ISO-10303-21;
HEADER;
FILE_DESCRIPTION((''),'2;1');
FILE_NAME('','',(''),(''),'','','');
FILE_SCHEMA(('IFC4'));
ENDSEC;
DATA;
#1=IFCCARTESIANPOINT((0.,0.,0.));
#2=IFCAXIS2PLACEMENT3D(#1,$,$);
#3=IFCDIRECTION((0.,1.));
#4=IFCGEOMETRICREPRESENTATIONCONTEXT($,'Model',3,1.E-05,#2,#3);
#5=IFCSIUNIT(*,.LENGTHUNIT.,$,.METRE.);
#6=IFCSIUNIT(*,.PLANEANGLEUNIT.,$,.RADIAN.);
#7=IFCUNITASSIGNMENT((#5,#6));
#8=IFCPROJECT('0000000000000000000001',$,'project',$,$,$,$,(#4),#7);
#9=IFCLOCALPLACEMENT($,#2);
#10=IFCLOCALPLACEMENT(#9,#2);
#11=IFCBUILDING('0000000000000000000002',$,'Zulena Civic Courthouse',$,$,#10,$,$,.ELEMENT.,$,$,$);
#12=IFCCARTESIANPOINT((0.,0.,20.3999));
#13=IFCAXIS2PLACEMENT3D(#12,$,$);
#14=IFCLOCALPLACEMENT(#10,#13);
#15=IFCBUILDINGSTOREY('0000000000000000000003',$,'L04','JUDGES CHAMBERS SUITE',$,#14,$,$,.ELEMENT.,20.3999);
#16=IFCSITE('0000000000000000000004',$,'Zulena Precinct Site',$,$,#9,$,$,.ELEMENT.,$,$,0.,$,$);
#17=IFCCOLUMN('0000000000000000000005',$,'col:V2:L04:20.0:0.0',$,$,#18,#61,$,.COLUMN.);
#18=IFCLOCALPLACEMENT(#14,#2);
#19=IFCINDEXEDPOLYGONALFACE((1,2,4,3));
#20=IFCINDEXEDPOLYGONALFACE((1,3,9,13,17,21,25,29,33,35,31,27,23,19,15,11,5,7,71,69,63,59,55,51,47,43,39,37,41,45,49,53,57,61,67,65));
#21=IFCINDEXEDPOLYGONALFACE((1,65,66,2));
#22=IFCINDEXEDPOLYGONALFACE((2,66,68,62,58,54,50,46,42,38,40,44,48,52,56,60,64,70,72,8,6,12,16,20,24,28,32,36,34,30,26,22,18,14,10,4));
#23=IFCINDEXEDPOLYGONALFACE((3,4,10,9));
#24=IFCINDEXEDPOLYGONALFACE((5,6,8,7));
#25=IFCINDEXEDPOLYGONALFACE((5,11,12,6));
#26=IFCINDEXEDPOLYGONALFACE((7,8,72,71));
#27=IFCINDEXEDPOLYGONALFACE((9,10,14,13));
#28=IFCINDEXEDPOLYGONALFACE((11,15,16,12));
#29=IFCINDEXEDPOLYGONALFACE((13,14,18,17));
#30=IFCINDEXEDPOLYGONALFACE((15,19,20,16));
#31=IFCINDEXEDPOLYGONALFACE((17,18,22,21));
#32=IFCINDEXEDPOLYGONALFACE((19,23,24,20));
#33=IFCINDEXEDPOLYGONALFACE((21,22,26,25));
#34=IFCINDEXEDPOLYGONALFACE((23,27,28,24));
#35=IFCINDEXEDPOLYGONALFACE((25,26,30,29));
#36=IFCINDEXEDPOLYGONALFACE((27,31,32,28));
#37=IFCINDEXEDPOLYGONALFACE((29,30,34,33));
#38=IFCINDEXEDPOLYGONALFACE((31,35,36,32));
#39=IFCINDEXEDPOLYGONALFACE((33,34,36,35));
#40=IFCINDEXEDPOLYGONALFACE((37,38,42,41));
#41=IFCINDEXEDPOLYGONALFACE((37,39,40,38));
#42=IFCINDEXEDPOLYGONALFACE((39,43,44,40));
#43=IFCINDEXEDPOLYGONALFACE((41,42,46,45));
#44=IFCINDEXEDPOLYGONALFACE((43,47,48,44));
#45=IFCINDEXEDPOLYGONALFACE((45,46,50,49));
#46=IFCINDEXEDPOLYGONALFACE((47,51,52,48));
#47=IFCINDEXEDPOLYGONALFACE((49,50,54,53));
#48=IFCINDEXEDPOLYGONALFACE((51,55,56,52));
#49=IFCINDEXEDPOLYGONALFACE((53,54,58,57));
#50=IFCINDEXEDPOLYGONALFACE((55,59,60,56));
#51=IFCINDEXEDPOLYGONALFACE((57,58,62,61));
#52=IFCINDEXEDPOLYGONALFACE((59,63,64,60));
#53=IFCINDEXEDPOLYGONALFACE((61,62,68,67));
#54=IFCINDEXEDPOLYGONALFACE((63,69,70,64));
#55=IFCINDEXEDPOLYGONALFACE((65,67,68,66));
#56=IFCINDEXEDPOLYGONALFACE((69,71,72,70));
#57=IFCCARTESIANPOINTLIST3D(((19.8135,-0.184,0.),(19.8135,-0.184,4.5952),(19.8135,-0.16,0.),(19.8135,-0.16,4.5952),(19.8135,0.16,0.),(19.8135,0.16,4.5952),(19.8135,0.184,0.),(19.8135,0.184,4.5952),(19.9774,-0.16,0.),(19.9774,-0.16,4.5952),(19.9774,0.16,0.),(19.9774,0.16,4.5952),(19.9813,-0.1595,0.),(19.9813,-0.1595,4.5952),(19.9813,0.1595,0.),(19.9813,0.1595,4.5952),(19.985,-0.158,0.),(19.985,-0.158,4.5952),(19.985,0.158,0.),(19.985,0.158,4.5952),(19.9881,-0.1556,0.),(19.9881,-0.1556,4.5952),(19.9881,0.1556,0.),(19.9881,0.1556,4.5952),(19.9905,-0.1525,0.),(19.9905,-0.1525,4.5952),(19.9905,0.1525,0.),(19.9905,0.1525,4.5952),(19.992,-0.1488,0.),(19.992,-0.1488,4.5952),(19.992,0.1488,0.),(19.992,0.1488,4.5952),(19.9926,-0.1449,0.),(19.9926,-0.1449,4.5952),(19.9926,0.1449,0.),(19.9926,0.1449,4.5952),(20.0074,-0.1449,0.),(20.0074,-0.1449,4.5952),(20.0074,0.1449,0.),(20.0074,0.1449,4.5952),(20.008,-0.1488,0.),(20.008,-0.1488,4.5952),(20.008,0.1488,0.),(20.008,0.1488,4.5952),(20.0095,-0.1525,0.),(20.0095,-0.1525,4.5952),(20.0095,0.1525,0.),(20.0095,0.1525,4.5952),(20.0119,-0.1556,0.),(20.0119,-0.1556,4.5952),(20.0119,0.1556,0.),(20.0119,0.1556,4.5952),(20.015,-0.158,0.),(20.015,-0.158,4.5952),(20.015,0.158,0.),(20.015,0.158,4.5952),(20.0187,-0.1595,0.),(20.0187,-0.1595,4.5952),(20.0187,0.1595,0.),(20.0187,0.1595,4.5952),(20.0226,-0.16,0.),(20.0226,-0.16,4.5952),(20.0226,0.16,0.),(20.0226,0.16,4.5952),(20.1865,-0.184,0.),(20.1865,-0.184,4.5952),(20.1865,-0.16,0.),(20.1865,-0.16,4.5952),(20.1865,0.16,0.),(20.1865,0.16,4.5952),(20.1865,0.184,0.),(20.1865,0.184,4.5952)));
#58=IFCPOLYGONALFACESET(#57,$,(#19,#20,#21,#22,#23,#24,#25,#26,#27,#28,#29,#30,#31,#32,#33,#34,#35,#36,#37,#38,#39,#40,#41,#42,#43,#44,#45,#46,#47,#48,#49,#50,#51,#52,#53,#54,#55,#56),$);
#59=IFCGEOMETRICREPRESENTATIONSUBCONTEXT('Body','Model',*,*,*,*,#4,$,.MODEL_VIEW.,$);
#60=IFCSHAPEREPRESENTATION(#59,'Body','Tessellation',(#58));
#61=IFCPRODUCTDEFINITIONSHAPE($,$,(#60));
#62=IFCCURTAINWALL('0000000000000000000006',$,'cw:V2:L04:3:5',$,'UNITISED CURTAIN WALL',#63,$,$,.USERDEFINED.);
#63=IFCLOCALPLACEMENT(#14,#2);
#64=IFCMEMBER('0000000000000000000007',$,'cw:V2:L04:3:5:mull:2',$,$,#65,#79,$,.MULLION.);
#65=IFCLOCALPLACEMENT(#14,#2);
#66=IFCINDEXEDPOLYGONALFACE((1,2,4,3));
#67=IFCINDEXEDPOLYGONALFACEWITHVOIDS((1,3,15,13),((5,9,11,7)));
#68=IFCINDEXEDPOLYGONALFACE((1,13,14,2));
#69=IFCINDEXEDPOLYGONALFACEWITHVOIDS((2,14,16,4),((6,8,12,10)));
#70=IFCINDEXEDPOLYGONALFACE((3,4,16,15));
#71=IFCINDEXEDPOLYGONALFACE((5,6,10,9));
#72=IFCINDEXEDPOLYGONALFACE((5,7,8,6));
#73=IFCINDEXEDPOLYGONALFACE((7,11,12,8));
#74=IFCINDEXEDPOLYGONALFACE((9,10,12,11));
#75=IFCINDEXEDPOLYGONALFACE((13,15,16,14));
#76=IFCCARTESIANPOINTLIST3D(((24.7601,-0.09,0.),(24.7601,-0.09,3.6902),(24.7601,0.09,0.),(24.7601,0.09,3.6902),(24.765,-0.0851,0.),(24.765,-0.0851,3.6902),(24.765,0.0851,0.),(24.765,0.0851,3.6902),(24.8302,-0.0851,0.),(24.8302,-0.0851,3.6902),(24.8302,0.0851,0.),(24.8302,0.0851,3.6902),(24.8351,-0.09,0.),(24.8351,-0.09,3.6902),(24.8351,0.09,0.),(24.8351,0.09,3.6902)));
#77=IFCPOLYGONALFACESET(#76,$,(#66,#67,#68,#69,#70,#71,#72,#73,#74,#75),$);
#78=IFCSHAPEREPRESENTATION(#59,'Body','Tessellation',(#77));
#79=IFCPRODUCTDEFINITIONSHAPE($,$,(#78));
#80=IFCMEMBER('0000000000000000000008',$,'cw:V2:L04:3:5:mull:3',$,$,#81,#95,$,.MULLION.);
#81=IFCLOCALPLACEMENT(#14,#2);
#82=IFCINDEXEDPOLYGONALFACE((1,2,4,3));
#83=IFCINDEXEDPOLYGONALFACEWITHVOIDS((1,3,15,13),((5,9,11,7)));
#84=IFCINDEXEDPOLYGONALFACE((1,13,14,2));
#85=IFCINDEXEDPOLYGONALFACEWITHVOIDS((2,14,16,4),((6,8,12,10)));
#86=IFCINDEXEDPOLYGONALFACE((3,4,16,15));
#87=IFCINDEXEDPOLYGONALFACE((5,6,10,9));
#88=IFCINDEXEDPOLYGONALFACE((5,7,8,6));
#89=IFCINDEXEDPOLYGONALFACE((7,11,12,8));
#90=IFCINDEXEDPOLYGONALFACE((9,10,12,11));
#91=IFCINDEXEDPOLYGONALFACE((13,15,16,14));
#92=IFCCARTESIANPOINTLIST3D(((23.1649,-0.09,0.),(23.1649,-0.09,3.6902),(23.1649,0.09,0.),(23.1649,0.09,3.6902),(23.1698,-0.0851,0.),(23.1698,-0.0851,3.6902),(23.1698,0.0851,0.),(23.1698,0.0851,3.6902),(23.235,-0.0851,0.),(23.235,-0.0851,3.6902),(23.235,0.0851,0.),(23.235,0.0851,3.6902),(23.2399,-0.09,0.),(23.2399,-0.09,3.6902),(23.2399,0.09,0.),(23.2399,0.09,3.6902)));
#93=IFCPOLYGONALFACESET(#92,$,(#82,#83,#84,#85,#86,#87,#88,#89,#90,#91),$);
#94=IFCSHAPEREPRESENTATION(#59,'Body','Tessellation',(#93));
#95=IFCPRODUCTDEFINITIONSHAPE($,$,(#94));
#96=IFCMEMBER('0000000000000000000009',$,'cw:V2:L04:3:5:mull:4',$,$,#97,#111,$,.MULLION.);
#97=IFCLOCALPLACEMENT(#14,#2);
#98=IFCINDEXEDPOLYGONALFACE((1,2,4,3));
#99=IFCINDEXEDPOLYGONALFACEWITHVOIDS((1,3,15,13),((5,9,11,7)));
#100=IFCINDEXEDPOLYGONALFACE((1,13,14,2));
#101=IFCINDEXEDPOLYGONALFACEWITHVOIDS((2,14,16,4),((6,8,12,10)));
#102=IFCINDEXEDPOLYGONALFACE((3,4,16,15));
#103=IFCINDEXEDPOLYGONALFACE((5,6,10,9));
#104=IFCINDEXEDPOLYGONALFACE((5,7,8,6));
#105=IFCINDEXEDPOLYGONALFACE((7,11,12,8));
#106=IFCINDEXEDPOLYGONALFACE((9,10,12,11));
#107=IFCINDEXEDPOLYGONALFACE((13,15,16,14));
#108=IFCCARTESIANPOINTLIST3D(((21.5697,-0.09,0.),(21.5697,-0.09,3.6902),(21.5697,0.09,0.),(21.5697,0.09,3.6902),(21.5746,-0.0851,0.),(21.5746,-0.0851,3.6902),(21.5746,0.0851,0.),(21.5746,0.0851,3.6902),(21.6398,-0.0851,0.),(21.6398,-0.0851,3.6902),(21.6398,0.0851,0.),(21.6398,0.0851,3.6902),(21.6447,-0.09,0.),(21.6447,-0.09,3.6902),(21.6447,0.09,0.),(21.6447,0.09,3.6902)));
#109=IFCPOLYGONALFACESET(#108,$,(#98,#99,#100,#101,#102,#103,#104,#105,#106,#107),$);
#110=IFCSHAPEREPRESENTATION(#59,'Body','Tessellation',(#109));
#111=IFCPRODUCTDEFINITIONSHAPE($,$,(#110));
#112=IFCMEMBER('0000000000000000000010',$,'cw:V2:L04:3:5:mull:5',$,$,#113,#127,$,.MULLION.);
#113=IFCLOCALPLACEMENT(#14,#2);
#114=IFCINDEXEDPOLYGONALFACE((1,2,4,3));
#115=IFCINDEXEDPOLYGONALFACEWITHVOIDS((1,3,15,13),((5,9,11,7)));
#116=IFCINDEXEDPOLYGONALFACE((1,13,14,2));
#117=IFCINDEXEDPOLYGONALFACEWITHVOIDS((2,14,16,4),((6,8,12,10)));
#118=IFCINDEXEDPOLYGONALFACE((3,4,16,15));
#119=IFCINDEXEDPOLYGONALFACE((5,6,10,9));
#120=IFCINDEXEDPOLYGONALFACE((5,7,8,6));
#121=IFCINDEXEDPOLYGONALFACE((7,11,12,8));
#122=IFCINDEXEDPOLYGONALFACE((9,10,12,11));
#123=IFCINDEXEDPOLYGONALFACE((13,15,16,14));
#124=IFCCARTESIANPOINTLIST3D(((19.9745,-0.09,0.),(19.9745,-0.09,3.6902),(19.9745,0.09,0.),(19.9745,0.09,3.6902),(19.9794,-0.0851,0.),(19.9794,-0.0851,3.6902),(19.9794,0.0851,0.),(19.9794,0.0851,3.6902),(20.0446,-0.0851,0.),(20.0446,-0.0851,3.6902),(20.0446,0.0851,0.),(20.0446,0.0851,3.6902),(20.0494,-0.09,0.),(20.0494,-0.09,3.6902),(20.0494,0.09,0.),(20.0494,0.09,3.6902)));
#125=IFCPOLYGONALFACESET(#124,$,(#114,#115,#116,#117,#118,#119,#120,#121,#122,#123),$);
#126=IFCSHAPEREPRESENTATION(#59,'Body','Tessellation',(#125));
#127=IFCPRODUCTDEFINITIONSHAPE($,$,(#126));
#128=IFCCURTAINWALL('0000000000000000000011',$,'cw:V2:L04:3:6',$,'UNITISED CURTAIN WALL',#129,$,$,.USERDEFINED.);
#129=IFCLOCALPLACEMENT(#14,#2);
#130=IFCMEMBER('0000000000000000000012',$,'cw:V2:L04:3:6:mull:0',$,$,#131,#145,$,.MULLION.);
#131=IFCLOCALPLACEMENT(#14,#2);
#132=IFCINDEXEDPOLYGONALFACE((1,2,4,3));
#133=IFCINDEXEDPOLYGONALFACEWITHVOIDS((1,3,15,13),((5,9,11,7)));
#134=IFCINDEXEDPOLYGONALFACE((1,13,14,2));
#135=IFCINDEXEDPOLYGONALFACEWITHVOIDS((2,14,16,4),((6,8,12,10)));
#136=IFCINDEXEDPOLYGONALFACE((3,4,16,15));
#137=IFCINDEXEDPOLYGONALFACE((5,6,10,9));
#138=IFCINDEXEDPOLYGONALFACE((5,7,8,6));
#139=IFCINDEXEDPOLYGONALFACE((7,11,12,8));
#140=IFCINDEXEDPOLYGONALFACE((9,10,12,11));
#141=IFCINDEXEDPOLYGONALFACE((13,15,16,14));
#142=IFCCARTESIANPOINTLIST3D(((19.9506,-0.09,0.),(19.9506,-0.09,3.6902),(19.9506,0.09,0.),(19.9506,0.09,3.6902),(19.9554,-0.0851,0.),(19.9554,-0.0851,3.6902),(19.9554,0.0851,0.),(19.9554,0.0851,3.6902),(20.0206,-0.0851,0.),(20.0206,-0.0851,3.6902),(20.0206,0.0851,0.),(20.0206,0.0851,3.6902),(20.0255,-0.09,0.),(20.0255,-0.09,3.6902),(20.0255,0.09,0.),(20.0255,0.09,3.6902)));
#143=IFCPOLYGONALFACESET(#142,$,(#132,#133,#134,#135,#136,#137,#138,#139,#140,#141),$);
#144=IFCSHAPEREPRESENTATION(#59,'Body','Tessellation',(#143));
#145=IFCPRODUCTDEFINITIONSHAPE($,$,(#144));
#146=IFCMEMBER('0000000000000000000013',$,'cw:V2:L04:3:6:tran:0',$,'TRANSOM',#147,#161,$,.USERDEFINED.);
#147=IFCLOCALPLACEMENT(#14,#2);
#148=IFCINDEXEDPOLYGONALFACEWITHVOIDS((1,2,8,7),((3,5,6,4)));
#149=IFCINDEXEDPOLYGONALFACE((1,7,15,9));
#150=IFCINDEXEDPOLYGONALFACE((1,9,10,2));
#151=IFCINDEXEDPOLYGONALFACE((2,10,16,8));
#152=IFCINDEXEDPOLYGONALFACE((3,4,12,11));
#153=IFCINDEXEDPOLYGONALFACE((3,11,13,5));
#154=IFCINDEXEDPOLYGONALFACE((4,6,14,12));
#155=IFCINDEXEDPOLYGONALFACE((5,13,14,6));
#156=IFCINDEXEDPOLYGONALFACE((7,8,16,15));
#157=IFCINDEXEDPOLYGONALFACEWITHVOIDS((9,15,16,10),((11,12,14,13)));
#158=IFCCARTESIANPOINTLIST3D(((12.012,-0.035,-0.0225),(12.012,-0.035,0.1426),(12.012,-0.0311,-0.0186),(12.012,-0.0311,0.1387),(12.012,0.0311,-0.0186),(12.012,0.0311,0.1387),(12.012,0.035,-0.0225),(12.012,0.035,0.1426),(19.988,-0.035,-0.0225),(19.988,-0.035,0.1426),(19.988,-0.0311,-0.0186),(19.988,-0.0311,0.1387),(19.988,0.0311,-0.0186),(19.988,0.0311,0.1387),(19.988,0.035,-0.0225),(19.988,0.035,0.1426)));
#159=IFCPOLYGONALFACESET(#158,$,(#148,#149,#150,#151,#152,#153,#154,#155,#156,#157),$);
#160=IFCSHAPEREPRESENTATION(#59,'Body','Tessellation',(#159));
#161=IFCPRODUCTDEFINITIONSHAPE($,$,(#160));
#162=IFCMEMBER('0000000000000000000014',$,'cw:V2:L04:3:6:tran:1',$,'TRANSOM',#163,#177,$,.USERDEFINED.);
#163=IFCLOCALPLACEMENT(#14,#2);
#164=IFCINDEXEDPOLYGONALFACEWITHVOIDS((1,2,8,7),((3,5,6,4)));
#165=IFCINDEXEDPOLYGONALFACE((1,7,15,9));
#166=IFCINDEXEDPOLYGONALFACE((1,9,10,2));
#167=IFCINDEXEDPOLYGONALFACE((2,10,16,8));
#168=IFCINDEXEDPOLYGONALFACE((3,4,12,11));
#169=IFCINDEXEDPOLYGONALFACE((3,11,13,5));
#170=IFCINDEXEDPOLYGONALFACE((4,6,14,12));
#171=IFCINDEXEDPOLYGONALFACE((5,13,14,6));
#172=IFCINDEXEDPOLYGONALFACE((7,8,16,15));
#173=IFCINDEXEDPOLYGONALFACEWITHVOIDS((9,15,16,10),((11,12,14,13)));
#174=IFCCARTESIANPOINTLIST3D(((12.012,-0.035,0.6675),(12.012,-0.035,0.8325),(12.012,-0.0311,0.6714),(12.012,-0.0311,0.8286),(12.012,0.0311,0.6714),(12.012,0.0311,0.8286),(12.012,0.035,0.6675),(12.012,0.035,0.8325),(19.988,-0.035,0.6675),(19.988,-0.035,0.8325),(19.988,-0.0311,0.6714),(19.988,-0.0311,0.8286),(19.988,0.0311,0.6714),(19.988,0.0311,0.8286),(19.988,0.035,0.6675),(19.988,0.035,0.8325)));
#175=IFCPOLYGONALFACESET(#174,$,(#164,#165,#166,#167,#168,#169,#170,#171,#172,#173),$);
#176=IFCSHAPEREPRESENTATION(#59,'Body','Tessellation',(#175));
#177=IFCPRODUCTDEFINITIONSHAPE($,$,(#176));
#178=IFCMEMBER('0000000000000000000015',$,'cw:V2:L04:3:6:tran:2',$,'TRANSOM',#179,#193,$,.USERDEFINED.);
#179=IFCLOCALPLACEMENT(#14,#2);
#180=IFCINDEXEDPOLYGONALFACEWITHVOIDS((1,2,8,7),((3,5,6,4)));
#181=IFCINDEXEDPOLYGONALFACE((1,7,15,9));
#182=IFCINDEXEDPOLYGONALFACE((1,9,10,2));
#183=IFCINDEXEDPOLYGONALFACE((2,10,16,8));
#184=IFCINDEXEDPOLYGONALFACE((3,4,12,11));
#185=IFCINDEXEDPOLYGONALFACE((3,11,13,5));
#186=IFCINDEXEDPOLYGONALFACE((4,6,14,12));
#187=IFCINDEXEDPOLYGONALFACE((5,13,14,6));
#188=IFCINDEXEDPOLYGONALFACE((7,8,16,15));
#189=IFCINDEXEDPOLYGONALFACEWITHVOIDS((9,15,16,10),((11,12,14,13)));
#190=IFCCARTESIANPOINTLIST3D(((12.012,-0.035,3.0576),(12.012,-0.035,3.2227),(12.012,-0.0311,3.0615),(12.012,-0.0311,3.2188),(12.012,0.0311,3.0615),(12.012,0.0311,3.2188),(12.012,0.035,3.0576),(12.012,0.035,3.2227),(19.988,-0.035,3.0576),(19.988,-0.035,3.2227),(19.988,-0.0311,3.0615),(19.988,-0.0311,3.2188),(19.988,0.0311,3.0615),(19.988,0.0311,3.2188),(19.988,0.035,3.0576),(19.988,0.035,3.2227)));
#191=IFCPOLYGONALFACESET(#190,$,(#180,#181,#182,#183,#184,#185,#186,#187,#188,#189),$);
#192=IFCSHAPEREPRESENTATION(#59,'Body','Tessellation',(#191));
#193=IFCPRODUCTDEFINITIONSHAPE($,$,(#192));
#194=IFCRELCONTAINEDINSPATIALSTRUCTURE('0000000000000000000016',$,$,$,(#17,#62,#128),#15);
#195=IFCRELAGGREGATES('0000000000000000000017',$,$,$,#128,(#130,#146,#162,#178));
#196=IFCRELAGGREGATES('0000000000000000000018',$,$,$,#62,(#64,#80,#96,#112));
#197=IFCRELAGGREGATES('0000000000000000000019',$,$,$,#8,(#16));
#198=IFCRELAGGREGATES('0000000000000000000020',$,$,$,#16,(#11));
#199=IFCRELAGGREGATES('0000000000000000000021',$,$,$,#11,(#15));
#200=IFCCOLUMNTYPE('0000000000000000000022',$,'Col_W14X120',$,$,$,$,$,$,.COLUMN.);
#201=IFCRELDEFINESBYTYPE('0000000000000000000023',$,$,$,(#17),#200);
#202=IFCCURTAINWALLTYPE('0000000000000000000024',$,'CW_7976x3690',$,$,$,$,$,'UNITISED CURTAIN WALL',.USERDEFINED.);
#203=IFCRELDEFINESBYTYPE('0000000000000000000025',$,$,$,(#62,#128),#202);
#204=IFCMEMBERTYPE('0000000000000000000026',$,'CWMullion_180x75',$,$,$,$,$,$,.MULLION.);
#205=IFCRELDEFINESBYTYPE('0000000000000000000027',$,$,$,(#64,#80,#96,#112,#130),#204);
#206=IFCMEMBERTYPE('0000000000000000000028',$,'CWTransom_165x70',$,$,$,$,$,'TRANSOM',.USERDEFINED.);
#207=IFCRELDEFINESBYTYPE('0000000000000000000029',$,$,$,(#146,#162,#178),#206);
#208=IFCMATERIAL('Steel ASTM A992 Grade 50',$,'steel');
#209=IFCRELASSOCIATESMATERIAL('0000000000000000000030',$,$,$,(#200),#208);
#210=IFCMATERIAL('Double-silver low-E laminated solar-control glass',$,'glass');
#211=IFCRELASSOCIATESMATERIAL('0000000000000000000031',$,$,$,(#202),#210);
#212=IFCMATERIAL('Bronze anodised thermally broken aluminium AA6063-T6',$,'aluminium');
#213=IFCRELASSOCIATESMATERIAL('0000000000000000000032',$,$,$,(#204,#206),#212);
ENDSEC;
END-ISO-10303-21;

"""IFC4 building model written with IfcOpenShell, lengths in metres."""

from ifc_helpers import new_model, si_unit, direction, frame, origin, origin_2d, place, context, subcontext, project, spatial, hollow_rectangle, i_section, extrude, material, material_profile, profile_set, type_object, element, aggregate, save


model = new_model("IFC4")

# Units and contexts
model_context = context("Model", 3, precision=1e-05, world=origin(), true_north=direction((0.0, 1.0)))
body_context = subcontext(model_context, "Body", "Model", "MODEL_VIEW")
ifc_project = project(units=[si_unit("LENGTHUNIT", "METRE"), si_unit("PLANEANGLEUNIT", "RADIAN")], contexts=[model_context])

# Site, building, storey
site_placement = place(None, origin())
site = spatial("IfcSite", under=ifc_project, at=site_placement, Name="Zulena Precinct Site", CompositionType="ELEMENT", RefElevation=0.0)
building_placement = place(site_placement, origin())
building = spatial("IfcBuilding", under=site, at=building_placement, Name="Zulena Civic Courthouse", CompositionType="ELEMENT")
storey_placement = place(building_placement, frame((0.0, 0.0, 20.3999)))
storey = spatial("IfcBuildingStorey", under=building, at=storey_placement, Name="L04", Description="JUDGES CHAMBERS SUITE", CompositionType="ELEMENT", Elevation=20.3999)

# Column
ifc_material_1 = material(Name="Steel ASTM A992 Grade 50", Category="steel")
ifc_material_profile_1 = material_profile(ifc_material_1, i_section(OverallWidth=0.373, OverallDepth=0.3679, WebThickness=0.0149, FlangeThickness=0.0239, FilletRadius=0.0151, at=origin_2d()), Name="W14X120")
ifc_profile_set_1 = profile_set([ifc_material_profile_1], Name="Steel ASTM A992 Grade 50")
column_type = type_object("IfcColumnType", Name="Col_W14X120", PredefinedType="COLUMN", material=ifc_profile_set_1)
column_placement = place(storey_placement, frame((20.0, 0.0, 0.0), z_axis=(0.0, 0.0, 1.0), x_axis=(1.0, 0.0, 0.0)))
element("IfcColumn", 1, at=column_placement, inside=storey, type_object=column_type, Name="col:V2:L04:20.0:0.0", PredefinedType="COLUMN", context=body_context, shape_type="SweptSolid", body=[
    extrude(i_section(OverallWidth=0.373, OverallDepth=0.3679, WebThickness=0.0149, FlangeThickness=0.0239, FilletRadius=0.0151, at=origin_2d()), origin(), (0.0, 0.0, 1.0), 4.5952),
])

# Curtain walls, members
ifc_material_2 = material(Name="Double-silver low-E laminated solar-control glass", Category="glass")
curtain_wall_type = type_object("IfcCurtainWallType", Name="CW_7976x3690", ElementType="UNITISED CURTAIN WALL", PredefinedType="USERDEFINED", material=ifc_material_2)
curtain_wall_1_placement = place(storey_placement, origin())
curtain_wall_1 = element("IfcCurtainWall", 2, at=curtain_wall_1_placement, inside=storey, type_object=curtain_wall_type, Name="cw:V2:L04:3:5", ObjectType="UNITISED CURTAIN WALL", PredefinedType="USERDEFINED")
ifc_material_3 = material(Name="Bronze anodised thermally broken aluminium AA6063-T6", Category="aluminium")
ifc_material_profile_2 = material_profile(ifc_material_3, hollow_rectangle(XDim=0.075, YDim=0.1799, WallThickness=0.0049, at=origin_2d()), Name="CWM180X75X5")
ifc_profile_set_2 = profile_set([ifc_material_profile_2], Name="Bronze anodised thermally broken aluminium AA6063-T6")
member_type_1 = type_object("IfcMemberType", Name="CWMullion_180x75", PredefinedType="MULLION", material=ifc_profile_set_2)
member_1_placement = place(storey_placement, frame((24.7976, 0.0, 0.0), z_axis=(0.0, 0.0, 1.0), x_axis=(1.0, 0.0, 0.0)))
member_1 = element("IfcMember", 3, at=member_1_placement, type_object=member_type_1, Name="cw:V2:L04:3:5:mull:2", PredefinedType="MULLION", context=body_context, shape_type="SweptSolid", body=[
    extrude(hollow_rectangle(XDim=0.075, YDim=0.1799, WallThickness=0.0049, at=origin_2d()), origin(), (0.0, 0.0, 1.0), 3.6902),
])
member_2_placement = place(storey_placement, frame((23.2024, 0.0, 0.0), z_axis=(0.0, 0.0, 1.0), x_axis=(1.0, 0.0, 0.0)))
member_2 = element("IfcMember", 4, at=member_2_placement, type_object=member_type_1, Name="cw:V2:L04:3:5:mull:3", PredefinedType="MULLION", context=body_context, shape_type="SweptSolid", body=[
    extrude(hollow_rectangle(XDim=0.075, YDim=0.1799, WallThickness=0.0049, at=origin_2d()), origin(), (0.0, 0.0, 1.0), 3.6902),
])
member_3_placement = place(storey_placement, frame((21.6072, 0.0, 0.0), z_axis=(0.0, 0.0, 1.0), x_axis=(1.0, 0.0, 0.0)))
member_3 = element("IfcMember", 5, at=member_3_placement, type_object=member_type_1, Name="cw:V2:L04:3:5:mull:4", PredefinedType="MULLION", context=body_context, shape_type="SweptSolid", body=[
    extrude(hollow_rectangle(XDim=0.075, YDim=0.1799, WallThickness=0.0049, at=origin_2d()), origin(), (0.0, 0.0, 1.0), 3.6902),
])
member_4_placement = place(storey_placement, frame((20.012, 0.0, 0.0), z_axis=(0.0, 0.0, 1.0), x_axis=(1.0, 0.0, 0.0)))
member_4 = element("IfcMember", 6, at=member_4_placement, type_object=member_type_1, Name="cw:V2:L04:3:5:mull:5", PredefinedType="MULLION", context=body_context, shape_type="SweptSolid", body=[
    extrude(hollow_rectangle(XDim=0.075, YDim=0.1799, WallThickness=0.0049, at=origin_2d()), origin(), (0.0, 0.0, 1.0), 3.6902),
])
curtain_wall_2_placement = place(storey_placement, origin())
curtain_wall_2 = element("IfcCurtainWall", 7, at=curtain_wall_2_placement, inside=storey, type_object=curtain_wall_type, Name="cw:V2:L04:3:6", ObjectType="UNITISED CURTAIN WALL", PredefinedType="USERDEFINED")
member_5_placement = place(storey_placement, frame((19.988, 0.0, 0.0), z_axis=(0.0, 0.0, 1.0), x_axis=(1.0, 0.0, 0.0)))
member_5 = element("IfcMember", 8, at=member_5_placement, type_object=member_type_1, Name="cw:V2:L04:3:6:mull:0", PredefinedType="MULLION", context=body_context, shape_type="SweptSolid", body=[
    extrude(hollow_rectangle(XDim=0.075, YDim=0.1799, WallThickness=0.0049, at=origin_2d()), origin(), (0.0, 0.0, 1.0), 3.6902),
])
ifc_material_profile_3 = material_profile(ifc_material_3, hollow_rectangle(XDim=0.0701, YDim=0.165, WallThickness=0.0039, at=origin_2d()), Name="CWT165X70X4")
ifc_profile_set_3 = profile_set([ifc_material_profile_3], Name="Bronze anodised thermally broken aluminium AA6063-T6")
member_type_2 = type_object("IfcMemberType", Name="CWTransom_165x70", ElementType="TRANSOM", PredefinedType="USERDEFINED", material=ifc_profile_set_3)
member_6_placement = place(storey_placement, frame((19.988, 0.0, 0.0601), z_axis=(-1.0, 0.0, 0.0), x_axis=(0.0, -1.0, 0.0)))
member_6 = element("IfcMember", 9, at=member_6_placement, type_object=member_type_2, Name="cw:V2:L04:3:6:tran:0", ObjectType="TRANSOM", PredefinedType="USERDEFINED", context=body_context, shape_type="SweptSolid", body=[
    extrude(hollow_rectangle(XDim=0.0701, YDim=0.165, WallThickness=0.0039, at=origin_2d()), origin(), (0.0, 0.0, 1.0), 7.9761),
])
member_7_placement = place(storey_placement, frame((19.988, 0.0, 0.75), z_axis=(-1.0, 0.0, 0.0), x_axis=(0.0, -1.0, 0.0)))
member_7 = element("IfcMember", 10, at=member_7_placement, type_object=member_type_2, Name="cw:V2:L04:3:6:tran:1", ObjectType="TRANSOM", PredefinedType="USERDEFINED", context=body_context, shape_type="SweptSolid", body=[
    extrude(hollow_rectangle(XDim=0.0701, YDim=0.165, WallThickness=0.0039, at=origin_2d()), origin(), (0.0, 0.0, 1.0), 7.9761),
])
member_8_placement = place(storey_placement, frame((19.988, 0.0, 3.1401), z_axis=(-1.0, 0.0, 0.0), x_axis=(0.0, -1.0, 0.0)))
member_8 = element("IfcMember", 11, at=member_8_placement, type_object=member_type_2, Name="cw:V2:L04:3:6:tran:2", ObjectType="TRANSOM", PredefinedType="USERDEFINED", context=body_context, shape_type="SweptSolid", body=[
    extrude(hollow_rectangle(XDim=0.0701, YDim=0.165, WallThickness=0.0039, at=origin_2d()), origin(), (0.0, 0.0, 1.0), 7.9761),
])
aggregate(curtain_wall_2, [member_5, member_6, member_7, member_8])

aggregate(curtain_wall_1, [member_1, member_2, member_3, member_4])

save(model, "model.ifc")
